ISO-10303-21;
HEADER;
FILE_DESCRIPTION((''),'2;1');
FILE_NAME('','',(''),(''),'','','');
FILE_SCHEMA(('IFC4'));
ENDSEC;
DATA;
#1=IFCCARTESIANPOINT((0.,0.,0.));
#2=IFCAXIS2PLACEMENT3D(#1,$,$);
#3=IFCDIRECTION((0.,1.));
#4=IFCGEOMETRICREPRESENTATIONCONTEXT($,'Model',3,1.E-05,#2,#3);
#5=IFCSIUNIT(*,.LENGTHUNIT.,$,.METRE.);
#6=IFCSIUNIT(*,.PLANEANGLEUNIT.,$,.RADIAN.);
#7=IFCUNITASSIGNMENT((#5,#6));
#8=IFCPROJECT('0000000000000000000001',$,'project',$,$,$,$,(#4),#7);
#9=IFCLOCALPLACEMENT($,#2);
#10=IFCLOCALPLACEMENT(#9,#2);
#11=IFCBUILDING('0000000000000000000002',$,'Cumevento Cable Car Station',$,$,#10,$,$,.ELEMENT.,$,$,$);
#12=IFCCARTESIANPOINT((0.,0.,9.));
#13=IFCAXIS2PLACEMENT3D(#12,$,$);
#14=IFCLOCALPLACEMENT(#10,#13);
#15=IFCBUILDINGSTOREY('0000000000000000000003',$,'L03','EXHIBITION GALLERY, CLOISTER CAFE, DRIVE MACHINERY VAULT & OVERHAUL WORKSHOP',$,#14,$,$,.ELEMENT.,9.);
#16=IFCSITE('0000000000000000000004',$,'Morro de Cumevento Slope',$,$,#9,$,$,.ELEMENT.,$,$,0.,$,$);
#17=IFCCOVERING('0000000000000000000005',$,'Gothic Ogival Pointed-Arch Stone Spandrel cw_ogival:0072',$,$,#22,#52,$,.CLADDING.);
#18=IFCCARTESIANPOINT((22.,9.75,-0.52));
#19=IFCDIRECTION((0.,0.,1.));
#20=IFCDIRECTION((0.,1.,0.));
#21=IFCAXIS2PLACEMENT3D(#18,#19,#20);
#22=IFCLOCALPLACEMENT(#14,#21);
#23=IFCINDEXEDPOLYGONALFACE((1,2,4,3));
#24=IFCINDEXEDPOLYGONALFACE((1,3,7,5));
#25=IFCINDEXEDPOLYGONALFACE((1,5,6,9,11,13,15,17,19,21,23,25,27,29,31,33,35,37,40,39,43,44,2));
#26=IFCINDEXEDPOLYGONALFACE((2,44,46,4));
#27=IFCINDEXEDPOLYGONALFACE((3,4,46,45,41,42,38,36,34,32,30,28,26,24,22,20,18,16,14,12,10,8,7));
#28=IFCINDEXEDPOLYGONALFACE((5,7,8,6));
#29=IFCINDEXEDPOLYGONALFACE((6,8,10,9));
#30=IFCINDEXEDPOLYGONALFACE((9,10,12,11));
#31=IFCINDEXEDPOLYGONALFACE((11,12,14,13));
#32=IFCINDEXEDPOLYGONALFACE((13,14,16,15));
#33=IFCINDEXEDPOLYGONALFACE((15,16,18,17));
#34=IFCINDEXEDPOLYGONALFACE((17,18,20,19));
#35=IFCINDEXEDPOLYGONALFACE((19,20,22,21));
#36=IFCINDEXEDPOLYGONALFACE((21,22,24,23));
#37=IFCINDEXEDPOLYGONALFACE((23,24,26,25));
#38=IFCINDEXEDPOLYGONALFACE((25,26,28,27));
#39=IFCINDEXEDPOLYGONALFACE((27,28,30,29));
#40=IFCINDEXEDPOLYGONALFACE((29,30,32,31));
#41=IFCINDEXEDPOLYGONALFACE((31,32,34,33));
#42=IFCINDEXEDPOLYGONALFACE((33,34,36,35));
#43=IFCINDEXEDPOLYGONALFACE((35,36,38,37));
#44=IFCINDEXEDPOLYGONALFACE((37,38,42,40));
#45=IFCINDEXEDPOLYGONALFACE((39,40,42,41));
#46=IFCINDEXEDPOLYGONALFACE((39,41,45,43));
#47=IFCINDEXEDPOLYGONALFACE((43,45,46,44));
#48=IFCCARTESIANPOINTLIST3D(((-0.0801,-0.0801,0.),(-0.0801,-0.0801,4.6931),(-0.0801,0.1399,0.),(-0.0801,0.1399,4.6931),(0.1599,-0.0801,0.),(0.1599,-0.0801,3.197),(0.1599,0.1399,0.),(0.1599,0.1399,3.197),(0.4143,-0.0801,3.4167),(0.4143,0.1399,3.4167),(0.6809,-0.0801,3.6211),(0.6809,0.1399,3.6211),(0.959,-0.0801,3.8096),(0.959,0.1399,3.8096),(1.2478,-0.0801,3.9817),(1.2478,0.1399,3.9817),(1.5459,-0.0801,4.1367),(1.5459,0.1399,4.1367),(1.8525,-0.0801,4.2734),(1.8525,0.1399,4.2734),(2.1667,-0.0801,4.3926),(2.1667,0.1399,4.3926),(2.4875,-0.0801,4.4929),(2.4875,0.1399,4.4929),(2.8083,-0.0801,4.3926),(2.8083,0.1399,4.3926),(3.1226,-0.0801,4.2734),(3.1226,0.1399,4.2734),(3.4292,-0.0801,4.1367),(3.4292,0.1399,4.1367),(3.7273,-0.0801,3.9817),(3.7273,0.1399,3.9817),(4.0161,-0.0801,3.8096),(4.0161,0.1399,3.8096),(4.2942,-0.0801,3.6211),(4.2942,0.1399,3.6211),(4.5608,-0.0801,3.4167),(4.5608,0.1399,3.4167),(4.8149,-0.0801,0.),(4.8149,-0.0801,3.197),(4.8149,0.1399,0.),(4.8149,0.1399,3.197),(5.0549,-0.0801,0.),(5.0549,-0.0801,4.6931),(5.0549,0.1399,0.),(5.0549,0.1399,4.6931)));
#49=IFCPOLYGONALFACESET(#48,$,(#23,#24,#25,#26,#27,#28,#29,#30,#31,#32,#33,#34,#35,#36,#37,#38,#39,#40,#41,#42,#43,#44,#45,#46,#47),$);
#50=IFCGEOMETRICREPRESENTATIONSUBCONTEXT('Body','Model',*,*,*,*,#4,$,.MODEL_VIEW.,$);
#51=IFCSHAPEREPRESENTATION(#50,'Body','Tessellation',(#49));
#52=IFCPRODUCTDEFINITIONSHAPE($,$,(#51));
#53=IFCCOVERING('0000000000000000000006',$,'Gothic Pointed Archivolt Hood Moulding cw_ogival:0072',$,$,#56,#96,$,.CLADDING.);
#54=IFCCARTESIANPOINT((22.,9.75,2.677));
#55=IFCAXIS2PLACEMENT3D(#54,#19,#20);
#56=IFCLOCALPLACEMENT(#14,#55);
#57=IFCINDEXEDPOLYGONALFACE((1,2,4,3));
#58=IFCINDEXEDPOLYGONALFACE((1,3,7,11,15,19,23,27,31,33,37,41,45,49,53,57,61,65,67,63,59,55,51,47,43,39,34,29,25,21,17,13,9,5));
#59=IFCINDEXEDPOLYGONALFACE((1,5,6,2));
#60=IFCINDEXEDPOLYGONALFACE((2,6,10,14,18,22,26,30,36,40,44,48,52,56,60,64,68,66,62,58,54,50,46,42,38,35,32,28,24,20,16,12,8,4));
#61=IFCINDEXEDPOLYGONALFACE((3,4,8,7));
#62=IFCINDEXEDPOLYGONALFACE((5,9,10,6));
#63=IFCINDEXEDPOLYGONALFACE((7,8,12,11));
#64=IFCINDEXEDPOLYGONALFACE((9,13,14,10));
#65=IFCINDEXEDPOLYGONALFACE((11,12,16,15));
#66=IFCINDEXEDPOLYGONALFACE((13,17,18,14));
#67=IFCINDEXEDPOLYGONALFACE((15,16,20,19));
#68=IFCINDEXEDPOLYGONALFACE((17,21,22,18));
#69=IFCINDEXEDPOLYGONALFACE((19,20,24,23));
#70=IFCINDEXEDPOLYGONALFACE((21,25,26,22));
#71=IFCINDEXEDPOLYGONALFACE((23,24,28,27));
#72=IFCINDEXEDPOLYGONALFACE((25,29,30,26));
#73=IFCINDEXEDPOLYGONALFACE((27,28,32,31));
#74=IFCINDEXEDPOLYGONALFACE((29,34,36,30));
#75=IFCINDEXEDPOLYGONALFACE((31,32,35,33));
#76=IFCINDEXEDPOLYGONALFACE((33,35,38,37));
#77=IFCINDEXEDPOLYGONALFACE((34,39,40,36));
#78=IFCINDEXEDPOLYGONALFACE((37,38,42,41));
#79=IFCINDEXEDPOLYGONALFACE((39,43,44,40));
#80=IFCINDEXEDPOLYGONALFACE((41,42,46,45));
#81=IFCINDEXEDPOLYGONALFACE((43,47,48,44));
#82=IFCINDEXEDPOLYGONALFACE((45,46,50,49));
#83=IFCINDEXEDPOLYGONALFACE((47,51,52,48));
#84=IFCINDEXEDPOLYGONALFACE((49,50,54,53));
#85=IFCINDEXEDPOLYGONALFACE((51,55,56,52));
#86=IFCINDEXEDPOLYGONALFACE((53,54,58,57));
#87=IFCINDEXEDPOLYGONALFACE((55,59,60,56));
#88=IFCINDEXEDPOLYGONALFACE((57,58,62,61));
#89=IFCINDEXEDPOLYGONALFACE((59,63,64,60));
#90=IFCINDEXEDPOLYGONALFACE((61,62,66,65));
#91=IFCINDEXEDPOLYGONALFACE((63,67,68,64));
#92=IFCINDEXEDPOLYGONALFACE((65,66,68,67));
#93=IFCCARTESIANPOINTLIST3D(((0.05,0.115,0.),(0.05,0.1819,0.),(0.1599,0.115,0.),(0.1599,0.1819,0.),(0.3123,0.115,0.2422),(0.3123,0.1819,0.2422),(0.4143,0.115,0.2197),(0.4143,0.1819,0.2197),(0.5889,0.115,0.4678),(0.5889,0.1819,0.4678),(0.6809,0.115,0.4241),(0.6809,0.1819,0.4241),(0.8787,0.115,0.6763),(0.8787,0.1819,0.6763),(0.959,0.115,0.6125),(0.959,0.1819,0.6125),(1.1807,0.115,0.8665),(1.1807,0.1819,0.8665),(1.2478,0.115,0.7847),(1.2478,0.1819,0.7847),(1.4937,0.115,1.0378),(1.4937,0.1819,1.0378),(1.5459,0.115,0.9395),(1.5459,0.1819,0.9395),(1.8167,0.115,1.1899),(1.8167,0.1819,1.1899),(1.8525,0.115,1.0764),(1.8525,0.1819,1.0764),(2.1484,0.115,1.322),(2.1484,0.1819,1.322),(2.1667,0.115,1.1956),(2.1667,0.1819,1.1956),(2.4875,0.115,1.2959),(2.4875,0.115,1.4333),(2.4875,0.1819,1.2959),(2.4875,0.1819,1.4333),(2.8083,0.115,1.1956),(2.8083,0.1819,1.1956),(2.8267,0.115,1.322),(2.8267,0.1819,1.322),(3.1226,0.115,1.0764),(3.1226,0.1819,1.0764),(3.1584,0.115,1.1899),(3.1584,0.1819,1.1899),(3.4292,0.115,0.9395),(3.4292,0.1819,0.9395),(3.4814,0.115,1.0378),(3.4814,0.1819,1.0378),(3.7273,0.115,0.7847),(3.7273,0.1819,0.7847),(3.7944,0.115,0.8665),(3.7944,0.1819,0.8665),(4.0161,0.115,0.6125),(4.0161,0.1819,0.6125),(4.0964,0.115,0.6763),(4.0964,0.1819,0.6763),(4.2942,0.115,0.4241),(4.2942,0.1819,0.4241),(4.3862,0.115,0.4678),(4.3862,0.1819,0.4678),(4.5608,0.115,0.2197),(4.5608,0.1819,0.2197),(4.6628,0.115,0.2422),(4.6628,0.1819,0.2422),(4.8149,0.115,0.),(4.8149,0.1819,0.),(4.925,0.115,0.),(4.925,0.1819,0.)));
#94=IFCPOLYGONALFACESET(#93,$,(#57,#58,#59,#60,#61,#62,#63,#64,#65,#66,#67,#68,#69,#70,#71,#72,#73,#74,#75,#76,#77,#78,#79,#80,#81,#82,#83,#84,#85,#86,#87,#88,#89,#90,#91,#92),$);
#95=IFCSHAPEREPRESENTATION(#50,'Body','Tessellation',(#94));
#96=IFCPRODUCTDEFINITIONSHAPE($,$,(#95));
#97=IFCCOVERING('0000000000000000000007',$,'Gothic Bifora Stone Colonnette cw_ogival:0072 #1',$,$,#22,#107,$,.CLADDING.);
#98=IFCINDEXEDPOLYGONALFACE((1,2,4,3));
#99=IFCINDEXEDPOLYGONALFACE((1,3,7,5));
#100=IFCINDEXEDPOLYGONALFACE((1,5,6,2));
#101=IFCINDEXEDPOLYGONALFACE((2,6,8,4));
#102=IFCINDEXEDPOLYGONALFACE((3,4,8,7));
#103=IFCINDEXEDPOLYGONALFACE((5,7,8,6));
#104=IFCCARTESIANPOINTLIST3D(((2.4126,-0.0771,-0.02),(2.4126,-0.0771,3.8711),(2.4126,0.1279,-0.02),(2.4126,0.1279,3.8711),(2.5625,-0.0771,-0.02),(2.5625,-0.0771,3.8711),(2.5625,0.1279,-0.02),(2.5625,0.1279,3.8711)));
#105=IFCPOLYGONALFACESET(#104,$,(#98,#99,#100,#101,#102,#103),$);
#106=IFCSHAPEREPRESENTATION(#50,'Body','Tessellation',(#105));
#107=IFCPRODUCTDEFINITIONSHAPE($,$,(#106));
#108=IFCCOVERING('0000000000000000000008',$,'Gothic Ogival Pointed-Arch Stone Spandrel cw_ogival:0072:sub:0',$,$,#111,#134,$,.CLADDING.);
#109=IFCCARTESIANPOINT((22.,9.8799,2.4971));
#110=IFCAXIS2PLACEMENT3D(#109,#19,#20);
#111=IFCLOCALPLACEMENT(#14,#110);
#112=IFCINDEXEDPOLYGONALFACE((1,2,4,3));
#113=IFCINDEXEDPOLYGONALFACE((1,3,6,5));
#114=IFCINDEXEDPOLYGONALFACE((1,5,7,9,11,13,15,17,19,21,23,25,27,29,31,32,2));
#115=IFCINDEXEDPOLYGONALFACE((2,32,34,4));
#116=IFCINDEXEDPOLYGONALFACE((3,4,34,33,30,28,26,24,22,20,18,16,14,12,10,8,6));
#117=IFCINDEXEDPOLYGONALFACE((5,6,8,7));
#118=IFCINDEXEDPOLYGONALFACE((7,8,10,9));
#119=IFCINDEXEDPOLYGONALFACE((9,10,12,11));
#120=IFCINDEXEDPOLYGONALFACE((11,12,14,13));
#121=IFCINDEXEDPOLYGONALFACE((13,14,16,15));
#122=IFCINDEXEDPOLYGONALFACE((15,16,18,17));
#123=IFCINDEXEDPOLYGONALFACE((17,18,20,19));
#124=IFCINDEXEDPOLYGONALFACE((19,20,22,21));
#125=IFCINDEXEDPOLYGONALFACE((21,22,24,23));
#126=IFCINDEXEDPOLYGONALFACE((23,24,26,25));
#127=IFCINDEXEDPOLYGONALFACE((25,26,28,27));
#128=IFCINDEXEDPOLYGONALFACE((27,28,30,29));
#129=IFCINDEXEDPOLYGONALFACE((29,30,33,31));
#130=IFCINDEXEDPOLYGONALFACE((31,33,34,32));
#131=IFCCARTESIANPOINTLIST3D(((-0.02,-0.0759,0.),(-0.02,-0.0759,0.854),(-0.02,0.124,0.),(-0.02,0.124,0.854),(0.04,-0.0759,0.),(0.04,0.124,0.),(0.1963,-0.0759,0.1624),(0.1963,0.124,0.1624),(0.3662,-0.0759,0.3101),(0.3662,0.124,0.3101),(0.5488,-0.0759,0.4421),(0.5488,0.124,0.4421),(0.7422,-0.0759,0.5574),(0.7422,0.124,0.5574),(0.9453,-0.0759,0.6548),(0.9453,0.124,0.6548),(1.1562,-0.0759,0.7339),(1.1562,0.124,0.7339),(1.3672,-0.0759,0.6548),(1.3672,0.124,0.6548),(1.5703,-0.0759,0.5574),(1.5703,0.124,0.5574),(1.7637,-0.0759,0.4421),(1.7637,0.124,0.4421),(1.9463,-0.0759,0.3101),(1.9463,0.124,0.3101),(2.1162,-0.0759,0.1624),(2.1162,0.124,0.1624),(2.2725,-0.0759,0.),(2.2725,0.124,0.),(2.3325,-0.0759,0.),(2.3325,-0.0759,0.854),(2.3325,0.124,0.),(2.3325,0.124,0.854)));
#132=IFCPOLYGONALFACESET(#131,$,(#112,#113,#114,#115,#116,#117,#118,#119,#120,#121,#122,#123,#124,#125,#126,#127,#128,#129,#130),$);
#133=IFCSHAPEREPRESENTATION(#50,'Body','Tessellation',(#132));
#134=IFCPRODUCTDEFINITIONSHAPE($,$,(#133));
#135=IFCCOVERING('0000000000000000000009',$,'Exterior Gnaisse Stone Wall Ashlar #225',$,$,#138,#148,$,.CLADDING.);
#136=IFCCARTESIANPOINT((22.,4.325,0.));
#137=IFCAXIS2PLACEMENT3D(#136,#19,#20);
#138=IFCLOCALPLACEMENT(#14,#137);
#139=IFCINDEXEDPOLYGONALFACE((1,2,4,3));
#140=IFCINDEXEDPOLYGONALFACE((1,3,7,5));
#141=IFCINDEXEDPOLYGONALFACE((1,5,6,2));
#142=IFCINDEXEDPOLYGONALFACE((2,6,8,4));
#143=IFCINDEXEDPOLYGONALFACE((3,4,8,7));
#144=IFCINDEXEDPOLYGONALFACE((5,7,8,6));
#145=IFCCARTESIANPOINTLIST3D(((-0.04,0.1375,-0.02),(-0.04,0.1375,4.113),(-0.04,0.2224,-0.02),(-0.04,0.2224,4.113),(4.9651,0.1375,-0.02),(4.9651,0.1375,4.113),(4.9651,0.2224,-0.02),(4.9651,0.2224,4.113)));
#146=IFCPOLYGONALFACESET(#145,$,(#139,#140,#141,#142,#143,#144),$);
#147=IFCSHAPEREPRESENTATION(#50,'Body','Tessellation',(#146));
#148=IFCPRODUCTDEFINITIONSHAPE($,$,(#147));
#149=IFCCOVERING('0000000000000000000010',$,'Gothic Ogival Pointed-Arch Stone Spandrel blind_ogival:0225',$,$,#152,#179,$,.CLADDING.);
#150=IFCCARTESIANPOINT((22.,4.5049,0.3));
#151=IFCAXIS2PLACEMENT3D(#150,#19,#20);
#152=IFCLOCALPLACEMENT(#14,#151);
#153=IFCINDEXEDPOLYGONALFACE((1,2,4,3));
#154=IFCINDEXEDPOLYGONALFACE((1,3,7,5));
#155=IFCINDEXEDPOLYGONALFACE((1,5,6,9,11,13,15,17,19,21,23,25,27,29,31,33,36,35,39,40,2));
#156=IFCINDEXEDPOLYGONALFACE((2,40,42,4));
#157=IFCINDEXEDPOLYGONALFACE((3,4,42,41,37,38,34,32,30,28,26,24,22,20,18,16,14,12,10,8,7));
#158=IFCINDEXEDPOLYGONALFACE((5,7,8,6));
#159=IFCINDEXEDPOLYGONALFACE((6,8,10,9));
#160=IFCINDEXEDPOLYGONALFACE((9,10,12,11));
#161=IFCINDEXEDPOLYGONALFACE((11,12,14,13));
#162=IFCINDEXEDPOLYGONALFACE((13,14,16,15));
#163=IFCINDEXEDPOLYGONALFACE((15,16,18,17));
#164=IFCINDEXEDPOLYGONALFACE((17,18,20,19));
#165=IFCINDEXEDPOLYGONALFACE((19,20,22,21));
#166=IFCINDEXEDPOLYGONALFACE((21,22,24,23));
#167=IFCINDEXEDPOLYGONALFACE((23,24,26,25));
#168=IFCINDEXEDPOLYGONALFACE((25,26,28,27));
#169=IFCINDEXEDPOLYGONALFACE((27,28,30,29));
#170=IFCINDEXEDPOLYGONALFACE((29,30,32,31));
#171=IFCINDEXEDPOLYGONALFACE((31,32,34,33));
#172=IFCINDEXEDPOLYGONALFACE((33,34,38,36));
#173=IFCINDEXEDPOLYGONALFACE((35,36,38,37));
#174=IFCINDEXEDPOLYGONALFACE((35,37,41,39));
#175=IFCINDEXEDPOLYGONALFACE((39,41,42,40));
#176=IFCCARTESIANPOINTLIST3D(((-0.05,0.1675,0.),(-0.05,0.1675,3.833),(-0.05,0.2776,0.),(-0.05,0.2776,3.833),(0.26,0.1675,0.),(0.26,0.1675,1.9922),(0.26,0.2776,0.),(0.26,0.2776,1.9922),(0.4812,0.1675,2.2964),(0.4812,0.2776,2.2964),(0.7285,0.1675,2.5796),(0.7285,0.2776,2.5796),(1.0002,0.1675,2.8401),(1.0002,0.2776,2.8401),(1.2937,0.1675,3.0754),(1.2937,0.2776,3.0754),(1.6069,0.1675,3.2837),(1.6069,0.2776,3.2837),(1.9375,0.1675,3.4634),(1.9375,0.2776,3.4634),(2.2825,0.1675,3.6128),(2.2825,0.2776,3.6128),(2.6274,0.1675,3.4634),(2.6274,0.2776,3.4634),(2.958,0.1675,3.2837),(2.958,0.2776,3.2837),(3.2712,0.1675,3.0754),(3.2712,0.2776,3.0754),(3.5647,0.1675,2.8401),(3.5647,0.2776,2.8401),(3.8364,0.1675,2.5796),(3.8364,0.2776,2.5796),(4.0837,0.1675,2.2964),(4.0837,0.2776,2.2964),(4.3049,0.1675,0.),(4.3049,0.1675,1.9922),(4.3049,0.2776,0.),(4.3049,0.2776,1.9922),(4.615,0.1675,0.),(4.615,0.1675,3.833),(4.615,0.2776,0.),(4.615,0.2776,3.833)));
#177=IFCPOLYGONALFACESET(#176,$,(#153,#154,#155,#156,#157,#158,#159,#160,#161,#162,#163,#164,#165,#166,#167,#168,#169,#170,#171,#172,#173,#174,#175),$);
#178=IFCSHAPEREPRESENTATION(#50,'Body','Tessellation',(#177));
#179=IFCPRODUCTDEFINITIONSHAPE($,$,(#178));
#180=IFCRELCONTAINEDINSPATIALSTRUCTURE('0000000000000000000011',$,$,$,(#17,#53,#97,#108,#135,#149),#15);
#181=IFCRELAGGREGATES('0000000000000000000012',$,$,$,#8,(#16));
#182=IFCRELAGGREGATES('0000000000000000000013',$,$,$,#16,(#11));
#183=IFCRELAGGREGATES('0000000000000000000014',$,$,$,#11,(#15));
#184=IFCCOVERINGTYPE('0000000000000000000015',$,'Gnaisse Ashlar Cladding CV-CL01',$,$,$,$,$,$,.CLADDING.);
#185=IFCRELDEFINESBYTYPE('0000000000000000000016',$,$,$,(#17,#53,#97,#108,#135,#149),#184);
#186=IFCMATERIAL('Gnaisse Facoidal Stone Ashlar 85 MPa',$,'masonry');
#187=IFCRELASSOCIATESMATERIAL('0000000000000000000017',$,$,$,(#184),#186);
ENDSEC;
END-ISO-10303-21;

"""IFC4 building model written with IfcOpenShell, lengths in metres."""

from ifc_helpers import new_model, si_unit, direction, frame, origin, place, context, subcontext, project, spatial, polyline, outline, extrude, material, type_object, element, save


model = new_model("IFC4")

# Units and contexts
model_context = context("Model", 3, precision=1e-05, world=origin(), true_north=direction((0.0, 1.0)))
body_context = subcontext(model_context, "Body", "Model", "MODEL_VIEW")
ifc_project = project(units=[si_unit("LENGTHUNIT", "METRE"), si_unit("PLANEANGLEUNIT", "RADIAN")], contexts=[model_context])

# Site, building, storey
site_placement = place(None, origin())
site = spatial("IfcSite", under=ifc_project, at=site_placement, Name="Morro de Cumevento Slope", CompositionType="ELEMENT", RefElevation=0.0)
building_placement = place(site_placement, origin())
building = spatial("IfcBuilding", under=site, at=building_placement, Name="Cumevento Cable Car Station", CompositionType="ELEMENT")
storey_placement = place(building_placement, frame((0.0, 0.0, 9.0)))
storey = spatial("IfcBuildingStorey", under=building, at=storey_placement, Name="L03", Description="EXHIBITION GALLERY, CLOISTER CAFE, DRIVE MACHINERY VAULT & OVERHAUL WORKSHOP", CompositionType="ELEMENT", Elevation=9.0)

# Coverings
ifc_material_1 = material(Name="Gnaisse Facoidal Stone Ashlar 85 MPa", Category="masonry")
covering_type = type_object("IfcCoveringType", Name="Gnaisse Ashlar Cladding CV-CL01", PredefinedType="CLADDING", material=ifc_material_1)
placement_1 = place(storey_placement, frame((22.0, 9.75, -0.52), z_axis=(0.0, 0.0, 1.0), x_axis=(0.0, 1.0, 0.0)))
element("IfcCovering", 1, at=placement_1, inside=storey, type_object=covering_type, Name="Gothic Ogival Pointed-Arch Stone Spandrel cw_ogival:0072", PredefinedType="CLADDING", context=body_context, shape_type="SweptSolid", body=[
    extrude(outline(polyline([(-0.0801, 0.0), (-0.0801, 4.6931), (5.0549, 4.6931), (5.0549, 0.0), (4.8149, 0.0), (4.8149, 3.197), (4.5608, 3.4167), (4.2942, 3.6211), (4.0161, 3.8096), (3.7273, 3.9817), (3.4292, 4.1367), (3.1226, 4.2734), (2.8083, 4.3926), (2.4875, 4.4929), (2.1667, 4.3926), (1.8525, 4.2734), (1.5459, 4.1367), (1.2478, 3.9817), (0.959, 3.8096), (0.6809, 3.6211), (0.4143, 3.4167), (0.1599, 3.197), (0.1599, 0.0), (-0.0801, 0.0)])), frame((0.0, 0.1399, 0.0), z_axis=(0.0, -1.0, 0.0), x_axis=(1.0, 0.0, 0.0)), (0.0, 0.0, 1.0), 0.22),
])
covering_1_placement = place(storey_placement, frame((22.0, 9.75, 2.677), z_axis=(0.0, 0.0, 1.0), x_axis=(0.0, 1.0, 0.0)))
element("IfcCovering", 2, at=covering_1_placement, inside=storey, type_object=covering_type, Name="Gothic Pointed Archivolt Hood Moulding cw_ogival:0072", PredefinedType="CLADDING", context=body_context, shape_type="SweptSolid", body=[
    extrude(outline(polyline([(0.1599, 0.0), (0.4143, 0.2197), (0.6809, 0.4241), (0.959, 0.6125), (1.2478, 0.7847), (1.5459, 0.9395), (1.8525, 1.0764), (2.1667, 1.1956), (2.4875, 1.2959), (2.8083, 1.1956), (3.1226, 1.0764), (3.4292, 0.9395), (3.7273, 0.7847), (4.0161, 0.6125), (4.2942, 0.4241), (4.5608, 0.2197), (4.8149, 0.0), (4.925, 0.0), (4.6628, 0.2422), (4.3862, 0.4678), (4.0964, 0.6763), (3.7944, 0.8665), (3.4814, 1.0378), (3.1584, 1.1899), (2.8267, 1.322), (2.4875, 1.4333), (2.1484, 1.322), (1.8167, 1.1899), (1.4937, 1.0378), (1.1807, 0.8665), (0.8787, 0.6763), (0.5889, 0.4678), (0.3123, 0.2422), (0.05, 0.0), (0.1599, 0.0)])), frame((0.0, 0.1819, 0.0), z_axis=(0.0, -1.0, 0.0), x_axis=(1.0, 0.0, 0.0)), (0.0, 0.0, 1.0), 0.0669),
])
element("IfcCovering", 3, at=placement_1, inside=storey, type_object=covering_type, Name="Gothic Bifora Stone Colonnette cw_ogival:0072 #1", PredefinedType="CLADDING", context=body_context, shape_type="SweptSolid", body=[
    extrude(outline(polyline([(2.4126, -0.02), (2.5625, -0.02), (2.5625, 3.8711), (2.4126, 3.8711), (2.4126, -0.02)])), frame((0.0, 0.1279, 0.0), z_axis=(0.0, -1.0, 0.0), x_axis=(1.0, 0.0, 0.0)), (0.0, 0.0, 1.0), 0.2051),
])
covering_2_placement = place(storey_placement, frame((22.0, 9.8799, 2.4971), z_axis=(0.0, 0.0, 1.0), x_axis=(0.0, 1.0, 0.0)))
element("IfcCovering", 4, at=covering_2_placement, inside=storey, type_object=covering_type, Name="Gothic Ogival Pointed-Arch Stone Spandrel cw_ogival:0072:sub:0", PredefinedType="CLADDING", context=body_context, shape_type="SweptSolid", body=[
    extrude(outline(polyline([(-0.02, 0.0), (-0.02, 0.854), (2.3325, 0.854), (2.3325, 0.0), (2.2725, 0.0), (2.1162, 0.1624), (1.9463, 0.3101), (1.7637, 0.4421), (1.5703, 0.5574), (1.3672, 0.6548), (1.1562, 0.7339), (0.9453, 0.6548), (0.7422, 0.5574), (0.5488, 0.4421), (0.3662, 0.3101), (0.1963, 0.1624), (0.04, 0.0), (-0.02, 0.0)])), frame((0.0, 0.124, 0.0), z_axis=(0.0, -1.0, 0.0), x_axis=(1.0, 0.0, 0.0)), (0.0, 0.0, 1.0), 0.2),
])
covering_3_placement = place(storey_placement, frame((22.0, 4.325, 0.0), z_axis=(0.0, 0.0, 1.0), x_axis=(0.0, 1.0, 0.0)))
element("IfcCovering", 5, at=covering_3_placement, inside=storey, type_object=covering_type, Name="Exterior Gnaisse Stone Wall Ashlar #225", PredefinedType="CLADDING", context=body_context, shape_type="SweptSolid", body=[
    extrude(outline(polyline([(-0.04, -0.02), (4.9651, -0.02), (4.9651, 4.113), (-0.04, 4.113), (-0.04, -0.02)])), frame((0.0, 0.2224, 0.0), z_axis=(0.0, -1.0, 0.0), x_axis=(1.0, 0.0, 0.0)), (0.0, 0.0, 1.0), 0.085),
])
placement_2 = place(storey_placement, frame((22.0, 4.5049, 0.3), z_axis=(0.0, 0.0, 1.0), x_axis=(0.0, 1.0, 0.0)))
element("IfcCovering", 6, at=placement_2, inside=storey, type_object=covering_type, Name="Gothic Ogival Pointed-Arch Stone Spandrel blind_ogival:0225", PredefinedType="CLADDING", context=body_context, shape_type="SweptSolid", body=[
    extrude(outline(polyline([(-0.05, 0.0), (-0.05, 3.833), (4.615, 3.833), (4.615, 0.0), (4.3049, 0.0), (4.3049, 1.9922), (4.0837, 2.2964), (3.8364, 2.5796), (3.5647, 2.8401), (3.2712, 3.0754), (2.958, 3.2837), (2.6274, 3.4634), (2.2825, 3.6128), (1.9375, 3.4634), (1.6069, 3.2837), (1.2937, 3.0754), (1.0002, 2.8401), (0.7285, 2.5796), (0.4812, 2.2964), (0.26, 1.9922), (0.26, 0.0), (-0.05, 0.0)])), frame((0.0, 0.2776, 0.0), z_axis=(0.0, -1.0, 0.0), x_axis=(1.0, 0.0, 0.0)), (0.0, 0.0, 1.0), 0.1101),
])

save(model, "model.ifc")
